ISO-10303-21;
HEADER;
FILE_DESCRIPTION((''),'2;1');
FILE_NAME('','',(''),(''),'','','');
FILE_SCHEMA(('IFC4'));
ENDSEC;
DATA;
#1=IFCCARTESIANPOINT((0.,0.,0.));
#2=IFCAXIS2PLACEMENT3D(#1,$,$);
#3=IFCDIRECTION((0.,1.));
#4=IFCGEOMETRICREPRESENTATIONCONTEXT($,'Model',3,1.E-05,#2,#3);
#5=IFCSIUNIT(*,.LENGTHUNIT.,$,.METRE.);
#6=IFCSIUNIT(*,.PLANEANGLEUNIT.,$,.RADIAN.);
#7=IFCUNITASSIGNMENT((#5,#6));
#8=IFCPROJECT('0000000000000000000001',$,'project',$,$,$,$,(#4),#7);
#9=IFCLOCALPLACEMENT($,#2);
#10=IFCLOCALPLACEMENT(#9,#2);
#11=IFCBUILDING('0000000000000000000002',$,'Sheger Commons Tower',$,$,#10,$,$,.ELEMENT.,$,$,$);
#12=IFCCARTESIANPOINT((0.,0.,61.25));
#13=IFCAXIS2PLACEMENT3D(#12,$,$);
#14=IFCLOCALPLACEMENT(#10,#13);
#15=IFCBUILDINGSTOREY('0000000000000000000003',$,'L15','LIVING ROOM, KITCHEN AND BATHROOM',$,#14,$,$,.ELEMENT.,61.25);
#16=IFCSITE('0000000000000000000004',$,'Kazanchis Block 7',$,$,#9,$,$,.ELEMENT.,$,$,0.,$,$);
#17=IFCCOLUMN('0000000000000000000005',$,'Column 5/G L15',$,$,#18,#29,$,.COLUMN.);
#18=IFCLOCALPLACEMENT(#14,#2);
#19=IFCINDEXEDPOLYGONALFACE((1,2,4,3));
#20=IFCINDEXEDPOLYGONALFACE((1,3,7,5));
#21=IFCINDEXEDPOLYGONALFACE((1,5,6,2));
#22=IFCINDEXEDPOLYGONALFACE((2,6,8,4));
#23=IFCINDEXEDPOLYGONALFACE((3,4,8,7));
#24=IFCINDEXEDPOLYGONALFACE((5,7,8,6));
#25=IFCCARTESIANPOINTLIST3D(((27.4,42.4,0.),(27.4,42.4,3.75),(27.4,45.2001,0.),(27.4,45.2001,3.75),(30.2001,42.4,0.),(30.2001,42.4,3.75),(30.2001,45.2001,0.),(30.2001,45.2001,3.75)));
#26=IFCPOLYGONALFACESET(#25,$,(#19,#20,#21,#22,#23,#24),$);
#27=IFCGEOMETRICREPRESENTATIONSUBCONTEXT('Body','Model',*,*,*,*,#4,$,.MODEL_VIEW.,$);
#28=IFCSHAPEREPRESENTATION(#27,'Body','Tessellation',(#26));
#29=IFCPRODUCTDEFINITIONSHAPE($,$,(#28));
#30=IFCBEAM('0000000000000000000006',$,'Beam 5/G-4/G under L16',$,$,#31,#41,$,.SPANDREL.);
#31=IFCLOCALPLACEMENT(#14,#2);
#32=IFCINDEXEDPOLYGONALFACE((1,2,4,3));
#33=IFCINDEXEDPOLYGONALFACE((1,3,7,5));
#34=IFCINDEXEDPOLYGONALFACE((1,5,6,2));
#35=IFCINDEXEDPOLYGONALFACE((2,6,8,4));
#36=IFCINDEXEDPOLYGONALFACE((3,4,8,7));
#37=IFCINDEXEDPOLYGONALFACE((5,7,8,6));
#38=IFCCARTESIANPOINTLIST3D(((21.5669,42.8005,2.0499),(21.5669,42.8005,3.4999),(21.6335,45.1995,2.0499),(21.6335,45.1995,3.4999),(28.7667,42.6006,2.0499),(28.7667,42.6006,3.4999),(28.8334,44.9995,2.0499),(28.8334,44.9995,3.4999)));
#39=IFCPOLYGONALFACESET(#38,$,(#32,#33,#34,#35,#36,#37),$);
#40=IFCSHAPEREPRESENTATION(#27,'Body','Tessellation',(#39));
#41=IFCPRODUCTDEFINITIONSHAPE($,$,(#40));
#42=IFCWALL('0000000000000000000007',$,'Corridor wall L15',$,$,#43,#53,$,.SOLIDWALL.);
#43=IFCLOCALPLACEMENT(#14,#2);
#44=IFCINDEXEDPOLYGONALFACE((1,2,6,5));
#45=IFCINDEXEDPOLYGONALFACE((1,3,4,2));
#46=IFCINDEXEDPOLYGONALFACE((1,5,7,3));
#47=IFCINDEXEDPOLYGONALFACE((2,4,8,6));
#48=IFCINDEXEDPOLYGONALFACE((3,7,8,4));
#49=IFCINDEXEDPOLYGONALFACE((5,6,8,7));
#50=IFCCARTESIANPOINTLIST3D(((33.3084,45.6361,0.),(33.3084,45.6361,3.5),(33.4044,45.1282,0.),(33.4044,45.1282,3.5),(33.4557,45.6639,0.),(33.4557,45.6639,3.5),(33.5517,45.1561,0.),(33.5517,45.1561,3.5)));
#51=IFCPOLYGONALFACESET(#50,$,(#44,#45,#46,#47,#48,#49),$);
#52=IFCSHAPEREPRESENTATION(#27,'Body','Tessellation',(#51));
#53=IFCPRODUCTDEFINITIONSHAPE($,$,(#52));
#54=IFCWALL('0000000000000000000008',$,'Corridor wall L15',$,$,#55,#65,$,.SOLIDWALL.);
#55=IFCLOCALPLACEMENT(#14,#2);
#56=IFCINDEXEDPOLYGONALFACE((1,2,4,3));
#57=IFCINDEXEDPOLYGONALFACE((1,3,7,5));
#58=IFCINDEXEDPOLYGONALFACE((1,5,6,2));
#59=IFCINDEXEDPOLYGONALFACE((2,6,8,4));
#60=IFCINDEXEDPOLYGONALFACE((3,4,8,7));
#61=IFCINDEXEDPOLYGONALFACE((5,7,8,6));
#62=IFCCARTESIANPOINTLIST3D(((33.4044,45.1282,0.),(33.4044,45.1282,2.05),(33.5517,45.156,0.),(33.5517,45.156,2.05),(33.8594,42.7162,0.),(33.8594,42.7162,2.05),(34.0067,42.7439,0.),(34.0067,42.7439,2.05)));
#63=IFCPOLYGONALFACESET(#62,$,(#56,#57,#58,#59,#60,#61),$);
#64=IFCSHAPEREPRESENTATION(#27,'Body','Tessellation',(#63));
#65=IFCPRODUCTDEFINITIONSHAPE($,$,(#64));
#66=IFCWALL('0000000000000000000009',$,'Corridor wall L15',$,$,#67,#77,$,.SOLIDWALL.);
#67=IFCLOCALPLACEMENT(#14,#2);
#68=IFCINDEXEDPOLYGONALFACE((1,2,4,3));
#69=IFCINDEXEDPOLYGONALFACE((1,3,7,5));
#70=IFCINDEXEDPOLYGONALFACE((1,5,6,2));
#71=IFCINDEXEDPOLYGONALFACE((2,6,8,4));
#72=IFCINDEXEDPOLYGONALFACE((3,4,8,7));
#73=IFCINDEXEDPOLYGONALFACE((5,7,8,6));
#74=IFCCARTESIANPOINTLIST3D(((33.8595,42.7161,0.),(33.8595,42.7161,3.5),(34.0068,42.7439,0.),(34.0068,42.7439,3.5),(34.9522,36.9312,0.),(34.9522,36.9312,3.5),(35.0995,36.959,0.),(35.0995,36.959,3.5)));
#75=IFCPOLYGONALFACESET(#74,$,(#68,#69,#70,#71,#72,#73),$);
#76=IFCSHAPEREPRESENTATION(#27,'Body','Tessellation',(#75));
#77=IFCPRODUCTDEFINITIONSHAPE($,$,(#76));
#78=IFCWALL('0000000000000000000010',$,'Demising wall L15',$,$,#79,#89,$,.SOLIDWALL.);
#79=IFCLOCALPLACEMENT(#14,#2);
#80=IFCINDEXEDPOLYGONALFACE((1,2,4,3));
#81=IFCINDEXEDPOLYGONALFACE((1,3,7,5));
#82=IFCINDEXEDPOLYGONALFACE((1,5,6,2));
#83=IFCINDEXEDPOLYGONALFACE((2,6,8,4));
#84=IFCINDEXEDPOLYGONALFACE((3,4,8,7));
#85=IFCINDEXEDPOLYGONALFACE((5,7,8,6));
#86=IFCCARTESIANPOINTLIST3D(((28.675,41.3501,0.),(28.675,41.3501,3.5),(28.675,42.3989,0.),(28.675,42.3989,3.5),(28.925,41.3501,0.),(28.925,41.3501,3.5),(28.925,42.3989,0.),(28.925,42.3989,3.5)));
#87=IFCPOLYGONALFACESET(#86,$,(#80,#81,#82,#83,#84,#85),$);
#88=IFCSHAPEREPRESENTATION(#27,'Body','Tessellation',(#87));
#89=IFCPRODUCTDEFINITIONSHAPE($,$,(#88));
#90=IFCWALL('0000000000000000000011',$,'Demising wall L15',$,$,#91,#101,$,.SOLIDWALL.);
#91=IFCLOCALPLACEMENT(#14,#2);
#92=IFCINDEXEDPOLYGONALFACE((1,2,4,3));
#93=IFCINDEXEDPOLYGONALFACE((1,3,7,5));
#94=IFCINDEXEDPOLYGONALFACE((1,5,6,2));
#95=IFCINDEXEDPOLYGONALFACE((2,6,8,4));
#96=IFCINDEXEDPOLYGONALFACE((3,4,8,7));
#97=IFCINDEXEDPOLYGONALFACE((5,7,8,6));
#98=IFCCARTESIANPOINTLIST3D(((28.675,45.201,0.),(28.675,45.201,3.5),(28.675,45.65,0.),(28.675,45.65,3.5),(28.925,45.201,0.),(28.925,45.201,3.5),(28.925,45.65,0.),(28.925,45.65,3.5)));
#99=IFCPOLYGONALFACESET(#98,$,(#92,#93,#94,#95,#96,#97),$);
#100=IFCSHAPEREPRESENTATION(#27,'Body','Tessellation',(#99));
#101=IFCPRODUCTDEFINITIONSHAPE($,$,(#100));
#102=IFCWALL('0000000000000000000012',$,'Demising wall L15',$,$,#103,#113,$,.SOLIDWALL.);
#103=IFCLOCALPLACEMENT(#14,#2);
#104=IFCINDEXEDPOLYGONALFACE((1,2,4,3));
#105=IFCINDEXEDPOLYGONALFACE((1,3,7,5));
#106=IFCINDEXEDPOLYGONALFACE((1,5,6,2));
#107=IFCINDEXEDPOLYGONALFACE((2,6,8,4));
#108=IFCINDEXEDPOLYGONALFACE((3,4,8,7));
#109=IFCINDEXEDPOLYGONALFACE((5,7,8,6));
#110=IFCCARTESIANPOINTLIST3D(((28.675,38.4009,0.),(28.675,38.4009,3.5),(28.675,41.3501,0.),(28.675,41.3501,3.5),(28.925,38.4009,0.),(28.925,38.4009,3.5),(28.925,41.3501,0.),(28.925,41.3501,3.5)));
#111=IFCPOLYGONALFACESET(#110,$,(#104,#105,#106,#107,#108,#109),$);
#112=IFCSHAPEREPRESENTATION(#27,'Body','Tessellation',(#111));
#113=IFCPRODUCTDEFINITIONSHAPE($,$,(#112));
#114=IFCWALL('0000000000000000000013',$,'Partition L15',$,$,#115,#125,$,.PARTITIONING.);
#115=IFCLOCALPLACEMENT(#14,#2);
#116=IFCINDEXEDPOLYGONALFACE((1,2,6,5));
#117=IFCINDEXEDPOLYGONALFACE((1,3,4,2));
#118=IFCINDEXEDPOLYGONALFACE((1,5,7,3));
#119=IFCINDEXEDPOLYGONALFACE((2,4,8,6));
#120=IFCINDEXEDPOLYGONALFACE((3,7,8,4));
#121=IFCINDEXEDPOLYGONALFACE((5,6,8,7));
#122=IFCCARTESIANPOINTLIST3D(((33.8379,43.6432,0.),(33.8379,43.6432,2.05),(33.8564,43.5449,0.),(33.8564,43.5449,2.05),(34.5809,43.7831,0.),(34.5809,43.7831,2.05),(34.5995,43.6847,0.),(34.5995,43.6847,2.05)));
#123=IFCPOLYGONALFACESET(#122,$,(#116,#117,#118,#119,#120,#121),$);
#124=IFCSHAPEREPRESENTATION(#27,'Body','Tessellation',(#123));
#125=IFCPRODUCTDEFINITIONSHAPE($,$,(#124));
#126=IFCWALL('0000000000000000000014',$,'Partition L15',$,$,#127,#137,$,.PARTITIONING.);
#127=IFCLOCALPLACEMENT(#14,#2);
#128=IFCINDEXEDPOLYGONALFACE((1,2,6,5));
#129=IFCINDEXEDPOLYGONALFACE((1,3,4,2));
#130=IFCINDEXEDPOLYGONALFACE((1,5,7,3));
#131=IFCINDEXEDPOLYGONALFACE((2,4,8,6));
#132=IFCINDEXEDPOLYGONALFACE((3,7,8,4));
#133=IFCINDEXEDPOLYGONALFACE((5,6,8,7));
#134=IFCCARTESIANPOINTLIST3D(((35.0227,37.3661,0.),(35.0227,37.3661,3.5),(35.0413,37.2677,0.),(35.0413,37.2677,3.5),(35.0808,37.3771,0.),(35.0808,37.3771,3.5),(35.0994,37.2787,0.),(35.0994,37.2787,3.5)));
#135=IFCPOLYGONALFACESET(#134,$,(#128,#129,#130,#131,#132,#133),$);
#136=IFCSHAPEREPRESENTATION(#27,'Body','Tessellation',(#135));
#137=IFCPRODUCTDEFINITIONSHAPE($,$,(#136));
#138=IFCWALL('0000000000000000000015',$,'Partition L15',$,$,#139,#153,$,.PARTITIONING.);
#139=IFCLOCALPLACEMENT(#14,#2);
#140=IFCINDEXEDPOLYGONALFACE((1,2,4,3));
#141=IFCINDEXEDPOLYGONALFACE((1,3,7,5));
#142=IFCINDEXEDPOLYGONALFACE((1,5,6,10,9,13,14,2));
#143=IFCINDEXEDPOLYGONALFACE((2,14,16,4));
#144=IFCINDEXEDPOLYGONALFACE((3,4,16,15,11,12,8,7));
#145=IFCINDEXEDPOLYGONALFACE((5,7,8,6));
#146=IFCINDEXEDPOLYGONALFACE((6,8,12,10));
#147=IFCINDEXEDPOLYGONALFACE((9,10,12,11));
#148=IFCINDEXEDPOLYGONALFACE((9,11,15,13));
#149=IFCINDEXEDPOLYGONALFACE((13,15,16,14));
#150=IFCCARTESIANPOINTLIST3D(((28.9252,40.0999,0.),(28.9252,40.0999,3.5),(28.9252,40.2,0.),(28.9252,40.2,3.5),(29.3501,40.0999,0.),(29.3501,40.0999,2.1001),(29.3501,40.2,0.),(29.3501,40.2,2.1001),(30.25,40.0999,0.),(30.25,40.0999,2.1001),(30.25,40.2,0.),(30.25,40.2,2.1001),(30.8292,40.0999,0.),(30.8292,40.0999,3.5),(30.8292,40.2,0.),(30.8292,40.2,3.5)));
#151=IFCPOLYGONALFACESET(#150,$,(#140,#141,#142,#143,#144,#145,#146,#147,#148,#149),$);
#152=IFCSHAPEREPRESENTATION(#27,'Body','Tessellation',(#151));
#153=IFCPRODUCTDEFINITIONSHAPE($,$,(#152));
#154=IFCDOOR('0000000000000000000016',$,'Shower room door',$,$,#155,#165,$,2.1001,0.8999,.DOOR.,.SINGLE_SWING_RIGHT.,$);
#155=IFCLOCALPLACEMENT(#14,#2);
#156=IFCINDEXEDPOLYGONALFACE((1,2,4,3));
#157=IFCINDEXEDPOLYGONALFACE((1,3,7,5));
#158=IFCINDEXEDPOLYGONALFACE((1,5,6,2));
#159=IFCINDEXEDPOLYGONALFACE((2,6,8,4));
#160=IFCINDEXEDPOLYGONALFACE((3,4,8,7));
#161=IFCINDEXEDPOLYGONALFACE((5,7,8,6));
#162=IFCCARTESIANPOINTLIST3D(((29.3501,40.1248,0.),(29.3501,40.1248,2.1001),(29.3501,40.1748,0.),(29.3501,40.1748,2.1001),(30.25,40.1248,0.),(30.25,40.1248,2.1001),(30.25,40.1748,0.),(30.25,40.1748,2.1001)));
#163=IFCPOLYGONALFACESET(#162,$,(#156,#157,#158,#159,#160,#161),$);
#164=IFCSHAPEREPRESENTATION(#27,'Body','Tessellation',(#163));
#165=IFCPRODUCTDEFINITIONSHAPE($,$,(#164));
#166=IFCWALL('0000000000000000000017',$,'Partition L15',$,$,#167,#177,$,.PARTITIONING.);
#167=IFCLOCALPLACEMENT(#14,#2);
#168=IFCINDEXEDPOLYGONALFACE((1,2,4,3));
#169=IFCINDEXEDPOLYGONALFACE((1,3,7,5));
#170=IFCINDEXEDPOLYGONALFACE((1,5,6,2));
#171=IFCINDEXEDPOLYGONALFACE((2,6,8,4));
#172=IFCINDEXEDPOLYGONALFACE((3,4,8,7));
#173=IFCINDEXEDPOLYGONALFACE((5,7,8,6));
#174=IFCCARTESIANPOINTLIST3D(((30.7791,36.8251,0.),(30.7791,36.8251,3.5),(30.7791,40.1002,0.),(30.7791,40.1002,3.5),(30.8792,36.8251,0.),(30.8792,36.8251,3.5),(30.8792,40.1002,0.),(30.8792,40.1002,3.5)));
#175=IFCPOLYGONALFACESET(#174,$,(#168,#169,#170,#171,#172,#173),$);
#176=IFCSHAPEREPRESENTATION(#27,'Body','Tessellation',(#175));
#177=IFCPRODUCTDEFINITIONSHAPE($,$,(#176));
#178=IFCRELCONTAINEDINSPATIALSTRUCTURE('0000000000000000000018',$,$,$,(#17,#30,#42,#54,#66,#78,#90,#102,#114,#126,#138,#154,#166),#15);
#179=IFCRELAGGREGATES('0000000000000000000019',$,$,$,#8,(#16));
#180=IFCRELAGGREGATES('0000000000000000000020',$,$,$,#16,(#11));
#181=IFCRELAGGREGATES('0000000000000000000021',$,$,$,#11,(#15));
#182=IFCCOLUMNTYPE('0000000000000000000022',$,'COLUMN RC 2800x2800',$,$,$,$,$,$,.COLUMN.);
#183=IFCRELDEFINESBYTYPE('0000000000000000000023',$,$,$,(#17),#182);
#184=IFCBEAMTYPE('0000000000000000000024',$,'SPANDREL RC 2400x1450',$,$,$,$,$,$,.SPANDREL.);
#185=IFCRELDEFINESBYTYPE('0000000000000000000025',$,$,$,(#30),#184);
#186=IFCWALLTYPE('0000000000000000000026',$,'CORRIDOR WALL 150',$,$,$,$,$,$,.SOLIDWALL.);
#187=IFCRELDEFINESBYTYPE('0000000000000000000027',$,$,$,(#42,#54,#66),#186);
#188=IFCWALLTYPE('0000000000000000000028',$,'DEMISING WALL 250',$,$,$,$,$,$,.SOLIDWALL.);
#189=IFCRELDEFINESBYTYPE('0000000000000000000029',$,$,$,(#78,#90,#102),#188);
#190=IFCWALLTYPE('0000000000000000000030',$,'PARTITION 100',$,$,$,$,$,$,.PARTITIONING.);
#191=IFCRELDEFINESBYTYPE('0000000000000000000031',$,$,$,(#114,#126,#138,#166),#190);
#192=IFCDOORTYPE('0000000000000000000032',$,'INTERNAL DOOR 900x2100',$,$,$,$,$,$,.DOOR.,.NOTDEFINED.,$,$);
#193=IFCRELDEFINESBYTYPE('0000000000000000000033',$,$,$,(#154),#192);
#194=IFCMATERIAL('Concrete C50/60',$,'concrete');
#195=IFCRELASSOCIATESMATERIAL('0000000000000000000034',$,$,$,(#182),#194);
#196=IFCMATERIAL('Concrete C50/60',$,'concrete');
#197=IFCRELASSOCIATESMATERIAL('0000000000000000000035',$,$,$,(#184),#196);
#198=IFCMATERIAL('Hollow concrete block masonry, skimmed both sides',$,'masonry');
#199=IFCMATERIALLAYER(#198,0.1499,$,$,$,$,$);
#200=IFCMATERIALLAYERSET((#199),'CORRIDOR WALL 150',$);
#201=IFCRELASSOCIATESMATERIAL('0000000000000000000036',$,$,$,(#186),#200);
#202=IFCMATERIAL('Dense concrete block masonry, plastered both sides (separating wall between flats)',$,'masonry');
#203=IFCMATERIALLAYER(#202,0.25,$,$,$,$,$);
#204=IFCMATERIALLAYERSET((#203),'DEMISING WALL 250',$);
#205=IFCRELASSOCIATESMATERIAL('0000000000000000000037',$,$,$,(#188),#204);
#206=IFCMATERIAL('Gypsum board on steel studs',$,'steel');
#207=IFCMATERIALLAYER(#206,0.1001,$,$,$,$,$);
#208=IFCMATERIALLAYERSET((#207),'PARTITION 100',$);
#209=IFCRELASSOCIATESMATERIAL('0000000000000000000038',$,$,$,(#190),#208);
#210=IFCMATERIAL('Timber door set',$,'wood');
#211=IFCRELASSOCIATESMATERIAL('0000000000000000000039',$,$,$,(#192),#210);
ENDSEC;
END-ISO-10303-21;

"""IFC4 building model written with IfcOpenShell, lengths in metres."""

from ifc_helpers import new_model, si_unit, direction, frame, frame_2d, origin, origin_2d, place, context, subcontext, project, spatial, rectangle, extrude, material, layer, layer_set, material_profile, profile_set, type_object, element, fill, save


model = new_model("IFC4")

# Units and contexts
model_context = context("Model", 3, precision=1e-05, world=origin(), true_north=direction((0.0, 1.0)))
body_context = subcontext(model_context, "Body", "Model", "MODEL_VIEW")
ifc_project = project(units=[si_unit("LENGTHUNIT", "METRE"), si_unit("PLANEANGLEUNIT", "RADIAN")], contexts=[model_context])

# Site, building, storey
site_placement = place(None, origin())
site = spatial("IfcSite", under=ifc_project, at=site_placement, Name="Kazanchis Block 7", CompositionType="ELEMENT", RefElevation=0.0)
building_placement = place(site_placement, origin())
building = spatial("IfcBuilding", under=site, at=building_placement, Name="Sheger Commons Tower", CompositionType="ELEMENT")
storey_placement = place(building_placement, frame((0.0, 0.0, 61.25)))
storey = spatial("IfcBuildingStorey", under=building, at=storey_placement, Name="L15", Description="LIVING ROOM, KITCHEN AND BATHROOM", CompositionType="ELEMENT", Elevation=61.25)

# Column
ifc_material_1 = material(Name="Concrete C50/60", Category="concrete")
ifc_material_profile_1 = material_profile(ifc_material_1, rectangle(XDim=2.8, YDim=2.8, at=origin_2d()), Name="RC 2800x2800")
ifc_profile_set_1 = profile_set([ifc_material_profile_1], Name="Concrete C50/60")
column_type = type_object("IfcColumnType", Name="COLUMN RC 2800x2800", PredefinedType="COLUMN", material=ifc_profile_set_1)
column_placement = place(storey_placement, frame((28.8, 43.8, 0.0), z_axis=(0.0, 0.0, 1.0), x_axis=(1.0, 0.0, 0.0)))
element("IfcColumn", 1, at=column_placement, inside=storey, type_object=column_type, Name="Column 5/G L15", PredefinedType="COLUMN", context=body_context, shape_type="SweptSolid", body=[
    extrude(rectangle(XDim=2.8, YDim=2.8, at=origin_2d()), origin(), (0.0, 0.0, 1.0), 3.75),
])

# Beam
ifc_material_2 = material(Name="Concrete C50/60", Category="concrete")
ifc_material_profile_2 = material_profile(ifc_material_2, rectangle(XDim=2.3999, YDim=1.45, at=origin_2d()), Name="RC 2400x1450")
ifc_profile_set_2 = profile_set([ifc_material_profile_2], Name="Concrete C50/60")
beam_type = type_object("IfcBeamType", Name="SPANDREL RC 2400x1450", PredefinedType="SPANDREL", material=ifc_profile_set_2)
beam_placement = place(storey_placement, frame((28.8, 43.8, 2.7749), z_axis=(-0.999615, 0.02776, 0.0), x_axis=(-0.02776, -0.999615, 0.0)))
element("IfcBeam", 2, at=beam_placement, inside=storey, type_object=beam_type, Name="Beam 5/G-4/G under L16", PredefinedType="SPANDREL", context=body_context, shape_type="SweptSolid", body=[
    extrude(rectangle(XDim=2.3999, YDim=1.45, at=origin_2d()), origin(), (0.0, 0.0, 1.0), 7.2026),
])

# Walls
ifc_material_3 = material(Name="Hollow concrete block masonry, skimmed both sides", Category="masonry")
ifc_layer_1 = layer(ifc_material_3, 0.1499)
ifc_layer_set_1 = layer_set([ifc_layer_1], Name="CORRIDOR WALL 150")
wall_type_1 = type_object("IfcWallType", Name="CORRIDOR WALL 150", PredefinedType="SOLIDWALL", material=ifc_layer_set_1)
wall_1_placement = place(storey_placement, frame((33.3821, 45.6499, 0.0), z_axis=(0.0, 0.0, 1.0), x_axis=(0.185657, -0.982615, 0.0)))
element("IfcWall", 3, at=wall_1_placement, inside=storey, type_object=wall_type_1, Name="Corridor wall L15", PredefinedType="SOLIDWALL", context=body_context, shape_type="SweptSolid", body=[
    extrude(rectangle(XDim=0.5168, YDim=0.1499, at=frame_2d((0.2583, 0.0))), origin(), (0.0, 0.0, 1.0), 3.5),
])
wall_2_placement = place(storey_placement, frame((33.478, 45.1421, 0.0), z_axis=(0.0, 0.0, 1.0), x_axis=(0.185393, -0.982664, 0.0)))
element("IfcWall", 4, at=wall_2_placement, inside=storey, type_object=wall_type_1, Name="Corridor wall L15", PredefinedType="SOLIDWALL", context=body_context, shape_type="SweptSolid", body=[
    extrude(rectangle(XDim=2.4546, YDim=0.1499, at=frame_2d((1.2273, 0.0))), origin(), (0.0, 0.0, 1.0), 2.05),
])
wall_3_placement = place(storey_placement, frame((33.9331, 42.73, 0.0), z_axis=(0.0, 0.0, 1.0), x_axis=(0.185618, -0.982622, 0.0)))
element("IfcWall", 5, at=wall_3_placement, inside=storey, type_object=wall_type_1, Name="Corridor wall L15", PredefinedType="SOLIDWALL", context=body_context, shape_type="SweptSolid", body=[
    extrude(rectangle(XDim=5.8872, YDim=0.1499, at=frame_2d((2.9436, 0.0))), origin(), (0.0, 0.0, 1.0), 3.5),
])
ifc_material_4 = material(Name="Dense concrete block masonry, plastered both sides (separating wall between flats)", Category="masonry")
ifc_layer_2 = layer(ifc_material_4, 0.25)
ifc_layer_set_2 = layer_set([ifc_layer_2], Name="DEMISING WALL 250")
wall_type_2 = type_object("IfcWallType", Name="DEMISING WALL 250", PredefinedType="SOLIDWALL", material=ifc_layer_set_2)
wall_4_placement = place(storey_placement, frame((28.8, 41.3501, 0.0), z_axis=(0.0, 0.0, 1.0), x_axis=(0.0, 1.0, 0.0)))
element("IfcWall", 6, at=wall_4_placement, inside=storey, type_object=wall_type_2, Name="Demising wall L15", PredefinedType="SOLIDWALL", context=body_context, shape_type="SweptSolid", body=[
    extrude(rectangle(XDim=1.0488, YDim=0.25, at=frame_2d((0.5244, 0.0))), origin(), (0.0, 0.0, 1.0), 3.5),
])
wall_5_placement = place(storey_placement, frame((28.8, 45.2009, 0.0), z_axis=(0.0, 0.0, 1.0), x_axis=(0.0, 1.0, 0.0)))
element("IfcWall", 7, at=wall_5_placement, inside=storey, type_object=wall_type_2, Name="Demising wall L15", PredefinedType="SOLIDWALL", context=body_context, shape_type="SweptSolid", body=[
    extrude(rectangle(XDim=0.449, YDim=0.25, at=frame_2d((0.2246, 0.0))), origin(), (0.0, 0.0, 1.0), 3.5),
])
wall_6_placement = place(storey_placement, frame((28.8, 38.4009, 0.0), z_axis=(0.0, 0.0, 1.0), x_axis=(0.0, 1.0, 0.0)))
element("IfcWall", 8, at=wall_6_placement, inside=storey, type_object=wall_type_2, Name="Demising wall L15", PredefinedType="SOLIDWALL", context=body_context, shape_type="SweptSolid", body=[
    extrude(rectangle(XDim=2.9492, YDim=0.25, at=frame_2d((1.4746, 0.0))), origin(), (0.0, 0.0, 1.0), 3.5),
])
ifc_material_5 = material(Name="Gypsum board on steel studs", Category="steel")
ifc_layer_3 = layer(ifc_material_5, 0.1001)
ifc_layer_set_3 = layer_set([ifc_layer_3], Name="PARTITION 100")
wall_type_3 = type_object("IfcWallType", Name="PARTITION 100", PredefinedType="PARTITIONING", material=ifc_layer_set_3)
wall_7_placement = place(storey_placement, frame((34.5901, 43.7339, 0.0), z_axis=(0.0, 0.0, 1.0), x_axis=(-0.98274, -0.18499, 0.0)))
element("IfcWall", 9, at=wall_7_placement, inside=storey, type_object=wall_type_3, Name="Partition L15", PredefinedType="PARTITIONING", context=body_context, shape_type="SweptSolid", body=[
    extrude(rectangle(XDim=0.7561, YDim=0.1001, at=frame_2d((0.3779, 0.0))), origin(), (0.0, 0.0, 1.0), 2.05),
])
wall_8_placement = place(storey_placement, frame((35.0901, 37.3279, 0.0), z_axis=(0.0, 0.0, 1.0), x_axis=(-0.982591, -0.185784, 0.0)))
element("IfcWall", 10, at=wall_8_placement, inside=storey, type_object=wall_type_3, Name="Partition L15", PredefinedType="PARTITIONING", context=body_context, shape_type="SweptSolid", body=[
    extrude(rectangle(XDim=0.0591, YDim=0.1001, at=frame_2d((0.0295, 0.0))), origin(), (0.0, 0.0, 1.0), 3.5),
])

# Wall, opening, door
wall_9_placement = place(storey_placement, frame((28.925, 40.1499, 0.0), z_axis=(0.0, 0.0, 1.0), x_axis=(1.0, 0.0, 0.0)))
wall_9 = element("IfcWall", 11, at=wall_9_placement, inside=storey, type_object=wall_type_3, Name="Partition L15", PredefinedType="PARTITIONING", context=body_context, shape_type="SweptSolid", body=[
    extrude(rectangle(XDim=1.9041, YDim=0.1001, at=frame_2d((0.9521, 0.0))), origin(), (0.0, 0.0, 1.0), 3.5),
])
opening_placement = place(wall_9_placement, frame((0.425, 0.0, 0.0)))
opening = element("IfcOpeningElement", 12, at=opening_placement, cuts=wall_9, PredefinedType="OPENING", context=body_context, shape_type="SweptSolid", body=[
    extrude(rectangle(XDim=0.8999, YDim=2.1001, at=frame_2d((0.45, 1.05))), frame((0.0, 0.0601, 0.0), z_axis=(0.0, -1.0, 0.0), x_axis=(1.0, 0.0, 0.0)), (0.0, 0.0, 1.0), 0.1201),
])
ifc_material_6 = material(Name="Timber door set", Category="wood")
door_type = type_object("IfcDoorType", Name="INTERNAL DOOR 900x2100", OperationType="NOTDEFINED", PredefinedType="DOOR", material=ifc_material_6)
door_placement = place(opening_placement, origin())
door = element("IfcDoor", 13, at=door_placement, inside=storey, type_object=door_type, Name="Shower room door", OperationType="SINGLE_SWING_RIGHT", OverallHeight=2.1001, OverallWidth=0.8999, PredefinedType="DOOR", context=body_context, shape_type="SweptSolid", body=[
    extrude(rectangle(XDim=0.8999, YDim=2.1001, at=frame_2d((0.45, 1.05))), frame((0.0, 0.0249, 0.0), z_axis=(0.0, -1.0, 0.0), x_axis=(1.0, 0.0, 0.0)), (0.0, 0.0, 1.0), 0.05),
])
fill(opening, door)

# Wall
wall_10_placement = place(storey_placement, frame((30.8291, 36.825, 0.0), z_axis=(0.0, 0.0, 1.0), x_axis=(0.0, 1.0, 0.0)))
element("IfcWall", 14, at=wall_10_placement, inside=storey, type_object=wall_type_3, Name="Partition L15", PredefinedType="PARTITIONING", context=body_context, shape_type="SweptSolid", body=[
    extrude(rectangle(XDim=3.2751, YDim=0.1001, at=frame_2d((1.6377, 0.0))), origin(), (0.0, 0.0, 1.0), 3.5),
])

save(model, "model.ifc")
